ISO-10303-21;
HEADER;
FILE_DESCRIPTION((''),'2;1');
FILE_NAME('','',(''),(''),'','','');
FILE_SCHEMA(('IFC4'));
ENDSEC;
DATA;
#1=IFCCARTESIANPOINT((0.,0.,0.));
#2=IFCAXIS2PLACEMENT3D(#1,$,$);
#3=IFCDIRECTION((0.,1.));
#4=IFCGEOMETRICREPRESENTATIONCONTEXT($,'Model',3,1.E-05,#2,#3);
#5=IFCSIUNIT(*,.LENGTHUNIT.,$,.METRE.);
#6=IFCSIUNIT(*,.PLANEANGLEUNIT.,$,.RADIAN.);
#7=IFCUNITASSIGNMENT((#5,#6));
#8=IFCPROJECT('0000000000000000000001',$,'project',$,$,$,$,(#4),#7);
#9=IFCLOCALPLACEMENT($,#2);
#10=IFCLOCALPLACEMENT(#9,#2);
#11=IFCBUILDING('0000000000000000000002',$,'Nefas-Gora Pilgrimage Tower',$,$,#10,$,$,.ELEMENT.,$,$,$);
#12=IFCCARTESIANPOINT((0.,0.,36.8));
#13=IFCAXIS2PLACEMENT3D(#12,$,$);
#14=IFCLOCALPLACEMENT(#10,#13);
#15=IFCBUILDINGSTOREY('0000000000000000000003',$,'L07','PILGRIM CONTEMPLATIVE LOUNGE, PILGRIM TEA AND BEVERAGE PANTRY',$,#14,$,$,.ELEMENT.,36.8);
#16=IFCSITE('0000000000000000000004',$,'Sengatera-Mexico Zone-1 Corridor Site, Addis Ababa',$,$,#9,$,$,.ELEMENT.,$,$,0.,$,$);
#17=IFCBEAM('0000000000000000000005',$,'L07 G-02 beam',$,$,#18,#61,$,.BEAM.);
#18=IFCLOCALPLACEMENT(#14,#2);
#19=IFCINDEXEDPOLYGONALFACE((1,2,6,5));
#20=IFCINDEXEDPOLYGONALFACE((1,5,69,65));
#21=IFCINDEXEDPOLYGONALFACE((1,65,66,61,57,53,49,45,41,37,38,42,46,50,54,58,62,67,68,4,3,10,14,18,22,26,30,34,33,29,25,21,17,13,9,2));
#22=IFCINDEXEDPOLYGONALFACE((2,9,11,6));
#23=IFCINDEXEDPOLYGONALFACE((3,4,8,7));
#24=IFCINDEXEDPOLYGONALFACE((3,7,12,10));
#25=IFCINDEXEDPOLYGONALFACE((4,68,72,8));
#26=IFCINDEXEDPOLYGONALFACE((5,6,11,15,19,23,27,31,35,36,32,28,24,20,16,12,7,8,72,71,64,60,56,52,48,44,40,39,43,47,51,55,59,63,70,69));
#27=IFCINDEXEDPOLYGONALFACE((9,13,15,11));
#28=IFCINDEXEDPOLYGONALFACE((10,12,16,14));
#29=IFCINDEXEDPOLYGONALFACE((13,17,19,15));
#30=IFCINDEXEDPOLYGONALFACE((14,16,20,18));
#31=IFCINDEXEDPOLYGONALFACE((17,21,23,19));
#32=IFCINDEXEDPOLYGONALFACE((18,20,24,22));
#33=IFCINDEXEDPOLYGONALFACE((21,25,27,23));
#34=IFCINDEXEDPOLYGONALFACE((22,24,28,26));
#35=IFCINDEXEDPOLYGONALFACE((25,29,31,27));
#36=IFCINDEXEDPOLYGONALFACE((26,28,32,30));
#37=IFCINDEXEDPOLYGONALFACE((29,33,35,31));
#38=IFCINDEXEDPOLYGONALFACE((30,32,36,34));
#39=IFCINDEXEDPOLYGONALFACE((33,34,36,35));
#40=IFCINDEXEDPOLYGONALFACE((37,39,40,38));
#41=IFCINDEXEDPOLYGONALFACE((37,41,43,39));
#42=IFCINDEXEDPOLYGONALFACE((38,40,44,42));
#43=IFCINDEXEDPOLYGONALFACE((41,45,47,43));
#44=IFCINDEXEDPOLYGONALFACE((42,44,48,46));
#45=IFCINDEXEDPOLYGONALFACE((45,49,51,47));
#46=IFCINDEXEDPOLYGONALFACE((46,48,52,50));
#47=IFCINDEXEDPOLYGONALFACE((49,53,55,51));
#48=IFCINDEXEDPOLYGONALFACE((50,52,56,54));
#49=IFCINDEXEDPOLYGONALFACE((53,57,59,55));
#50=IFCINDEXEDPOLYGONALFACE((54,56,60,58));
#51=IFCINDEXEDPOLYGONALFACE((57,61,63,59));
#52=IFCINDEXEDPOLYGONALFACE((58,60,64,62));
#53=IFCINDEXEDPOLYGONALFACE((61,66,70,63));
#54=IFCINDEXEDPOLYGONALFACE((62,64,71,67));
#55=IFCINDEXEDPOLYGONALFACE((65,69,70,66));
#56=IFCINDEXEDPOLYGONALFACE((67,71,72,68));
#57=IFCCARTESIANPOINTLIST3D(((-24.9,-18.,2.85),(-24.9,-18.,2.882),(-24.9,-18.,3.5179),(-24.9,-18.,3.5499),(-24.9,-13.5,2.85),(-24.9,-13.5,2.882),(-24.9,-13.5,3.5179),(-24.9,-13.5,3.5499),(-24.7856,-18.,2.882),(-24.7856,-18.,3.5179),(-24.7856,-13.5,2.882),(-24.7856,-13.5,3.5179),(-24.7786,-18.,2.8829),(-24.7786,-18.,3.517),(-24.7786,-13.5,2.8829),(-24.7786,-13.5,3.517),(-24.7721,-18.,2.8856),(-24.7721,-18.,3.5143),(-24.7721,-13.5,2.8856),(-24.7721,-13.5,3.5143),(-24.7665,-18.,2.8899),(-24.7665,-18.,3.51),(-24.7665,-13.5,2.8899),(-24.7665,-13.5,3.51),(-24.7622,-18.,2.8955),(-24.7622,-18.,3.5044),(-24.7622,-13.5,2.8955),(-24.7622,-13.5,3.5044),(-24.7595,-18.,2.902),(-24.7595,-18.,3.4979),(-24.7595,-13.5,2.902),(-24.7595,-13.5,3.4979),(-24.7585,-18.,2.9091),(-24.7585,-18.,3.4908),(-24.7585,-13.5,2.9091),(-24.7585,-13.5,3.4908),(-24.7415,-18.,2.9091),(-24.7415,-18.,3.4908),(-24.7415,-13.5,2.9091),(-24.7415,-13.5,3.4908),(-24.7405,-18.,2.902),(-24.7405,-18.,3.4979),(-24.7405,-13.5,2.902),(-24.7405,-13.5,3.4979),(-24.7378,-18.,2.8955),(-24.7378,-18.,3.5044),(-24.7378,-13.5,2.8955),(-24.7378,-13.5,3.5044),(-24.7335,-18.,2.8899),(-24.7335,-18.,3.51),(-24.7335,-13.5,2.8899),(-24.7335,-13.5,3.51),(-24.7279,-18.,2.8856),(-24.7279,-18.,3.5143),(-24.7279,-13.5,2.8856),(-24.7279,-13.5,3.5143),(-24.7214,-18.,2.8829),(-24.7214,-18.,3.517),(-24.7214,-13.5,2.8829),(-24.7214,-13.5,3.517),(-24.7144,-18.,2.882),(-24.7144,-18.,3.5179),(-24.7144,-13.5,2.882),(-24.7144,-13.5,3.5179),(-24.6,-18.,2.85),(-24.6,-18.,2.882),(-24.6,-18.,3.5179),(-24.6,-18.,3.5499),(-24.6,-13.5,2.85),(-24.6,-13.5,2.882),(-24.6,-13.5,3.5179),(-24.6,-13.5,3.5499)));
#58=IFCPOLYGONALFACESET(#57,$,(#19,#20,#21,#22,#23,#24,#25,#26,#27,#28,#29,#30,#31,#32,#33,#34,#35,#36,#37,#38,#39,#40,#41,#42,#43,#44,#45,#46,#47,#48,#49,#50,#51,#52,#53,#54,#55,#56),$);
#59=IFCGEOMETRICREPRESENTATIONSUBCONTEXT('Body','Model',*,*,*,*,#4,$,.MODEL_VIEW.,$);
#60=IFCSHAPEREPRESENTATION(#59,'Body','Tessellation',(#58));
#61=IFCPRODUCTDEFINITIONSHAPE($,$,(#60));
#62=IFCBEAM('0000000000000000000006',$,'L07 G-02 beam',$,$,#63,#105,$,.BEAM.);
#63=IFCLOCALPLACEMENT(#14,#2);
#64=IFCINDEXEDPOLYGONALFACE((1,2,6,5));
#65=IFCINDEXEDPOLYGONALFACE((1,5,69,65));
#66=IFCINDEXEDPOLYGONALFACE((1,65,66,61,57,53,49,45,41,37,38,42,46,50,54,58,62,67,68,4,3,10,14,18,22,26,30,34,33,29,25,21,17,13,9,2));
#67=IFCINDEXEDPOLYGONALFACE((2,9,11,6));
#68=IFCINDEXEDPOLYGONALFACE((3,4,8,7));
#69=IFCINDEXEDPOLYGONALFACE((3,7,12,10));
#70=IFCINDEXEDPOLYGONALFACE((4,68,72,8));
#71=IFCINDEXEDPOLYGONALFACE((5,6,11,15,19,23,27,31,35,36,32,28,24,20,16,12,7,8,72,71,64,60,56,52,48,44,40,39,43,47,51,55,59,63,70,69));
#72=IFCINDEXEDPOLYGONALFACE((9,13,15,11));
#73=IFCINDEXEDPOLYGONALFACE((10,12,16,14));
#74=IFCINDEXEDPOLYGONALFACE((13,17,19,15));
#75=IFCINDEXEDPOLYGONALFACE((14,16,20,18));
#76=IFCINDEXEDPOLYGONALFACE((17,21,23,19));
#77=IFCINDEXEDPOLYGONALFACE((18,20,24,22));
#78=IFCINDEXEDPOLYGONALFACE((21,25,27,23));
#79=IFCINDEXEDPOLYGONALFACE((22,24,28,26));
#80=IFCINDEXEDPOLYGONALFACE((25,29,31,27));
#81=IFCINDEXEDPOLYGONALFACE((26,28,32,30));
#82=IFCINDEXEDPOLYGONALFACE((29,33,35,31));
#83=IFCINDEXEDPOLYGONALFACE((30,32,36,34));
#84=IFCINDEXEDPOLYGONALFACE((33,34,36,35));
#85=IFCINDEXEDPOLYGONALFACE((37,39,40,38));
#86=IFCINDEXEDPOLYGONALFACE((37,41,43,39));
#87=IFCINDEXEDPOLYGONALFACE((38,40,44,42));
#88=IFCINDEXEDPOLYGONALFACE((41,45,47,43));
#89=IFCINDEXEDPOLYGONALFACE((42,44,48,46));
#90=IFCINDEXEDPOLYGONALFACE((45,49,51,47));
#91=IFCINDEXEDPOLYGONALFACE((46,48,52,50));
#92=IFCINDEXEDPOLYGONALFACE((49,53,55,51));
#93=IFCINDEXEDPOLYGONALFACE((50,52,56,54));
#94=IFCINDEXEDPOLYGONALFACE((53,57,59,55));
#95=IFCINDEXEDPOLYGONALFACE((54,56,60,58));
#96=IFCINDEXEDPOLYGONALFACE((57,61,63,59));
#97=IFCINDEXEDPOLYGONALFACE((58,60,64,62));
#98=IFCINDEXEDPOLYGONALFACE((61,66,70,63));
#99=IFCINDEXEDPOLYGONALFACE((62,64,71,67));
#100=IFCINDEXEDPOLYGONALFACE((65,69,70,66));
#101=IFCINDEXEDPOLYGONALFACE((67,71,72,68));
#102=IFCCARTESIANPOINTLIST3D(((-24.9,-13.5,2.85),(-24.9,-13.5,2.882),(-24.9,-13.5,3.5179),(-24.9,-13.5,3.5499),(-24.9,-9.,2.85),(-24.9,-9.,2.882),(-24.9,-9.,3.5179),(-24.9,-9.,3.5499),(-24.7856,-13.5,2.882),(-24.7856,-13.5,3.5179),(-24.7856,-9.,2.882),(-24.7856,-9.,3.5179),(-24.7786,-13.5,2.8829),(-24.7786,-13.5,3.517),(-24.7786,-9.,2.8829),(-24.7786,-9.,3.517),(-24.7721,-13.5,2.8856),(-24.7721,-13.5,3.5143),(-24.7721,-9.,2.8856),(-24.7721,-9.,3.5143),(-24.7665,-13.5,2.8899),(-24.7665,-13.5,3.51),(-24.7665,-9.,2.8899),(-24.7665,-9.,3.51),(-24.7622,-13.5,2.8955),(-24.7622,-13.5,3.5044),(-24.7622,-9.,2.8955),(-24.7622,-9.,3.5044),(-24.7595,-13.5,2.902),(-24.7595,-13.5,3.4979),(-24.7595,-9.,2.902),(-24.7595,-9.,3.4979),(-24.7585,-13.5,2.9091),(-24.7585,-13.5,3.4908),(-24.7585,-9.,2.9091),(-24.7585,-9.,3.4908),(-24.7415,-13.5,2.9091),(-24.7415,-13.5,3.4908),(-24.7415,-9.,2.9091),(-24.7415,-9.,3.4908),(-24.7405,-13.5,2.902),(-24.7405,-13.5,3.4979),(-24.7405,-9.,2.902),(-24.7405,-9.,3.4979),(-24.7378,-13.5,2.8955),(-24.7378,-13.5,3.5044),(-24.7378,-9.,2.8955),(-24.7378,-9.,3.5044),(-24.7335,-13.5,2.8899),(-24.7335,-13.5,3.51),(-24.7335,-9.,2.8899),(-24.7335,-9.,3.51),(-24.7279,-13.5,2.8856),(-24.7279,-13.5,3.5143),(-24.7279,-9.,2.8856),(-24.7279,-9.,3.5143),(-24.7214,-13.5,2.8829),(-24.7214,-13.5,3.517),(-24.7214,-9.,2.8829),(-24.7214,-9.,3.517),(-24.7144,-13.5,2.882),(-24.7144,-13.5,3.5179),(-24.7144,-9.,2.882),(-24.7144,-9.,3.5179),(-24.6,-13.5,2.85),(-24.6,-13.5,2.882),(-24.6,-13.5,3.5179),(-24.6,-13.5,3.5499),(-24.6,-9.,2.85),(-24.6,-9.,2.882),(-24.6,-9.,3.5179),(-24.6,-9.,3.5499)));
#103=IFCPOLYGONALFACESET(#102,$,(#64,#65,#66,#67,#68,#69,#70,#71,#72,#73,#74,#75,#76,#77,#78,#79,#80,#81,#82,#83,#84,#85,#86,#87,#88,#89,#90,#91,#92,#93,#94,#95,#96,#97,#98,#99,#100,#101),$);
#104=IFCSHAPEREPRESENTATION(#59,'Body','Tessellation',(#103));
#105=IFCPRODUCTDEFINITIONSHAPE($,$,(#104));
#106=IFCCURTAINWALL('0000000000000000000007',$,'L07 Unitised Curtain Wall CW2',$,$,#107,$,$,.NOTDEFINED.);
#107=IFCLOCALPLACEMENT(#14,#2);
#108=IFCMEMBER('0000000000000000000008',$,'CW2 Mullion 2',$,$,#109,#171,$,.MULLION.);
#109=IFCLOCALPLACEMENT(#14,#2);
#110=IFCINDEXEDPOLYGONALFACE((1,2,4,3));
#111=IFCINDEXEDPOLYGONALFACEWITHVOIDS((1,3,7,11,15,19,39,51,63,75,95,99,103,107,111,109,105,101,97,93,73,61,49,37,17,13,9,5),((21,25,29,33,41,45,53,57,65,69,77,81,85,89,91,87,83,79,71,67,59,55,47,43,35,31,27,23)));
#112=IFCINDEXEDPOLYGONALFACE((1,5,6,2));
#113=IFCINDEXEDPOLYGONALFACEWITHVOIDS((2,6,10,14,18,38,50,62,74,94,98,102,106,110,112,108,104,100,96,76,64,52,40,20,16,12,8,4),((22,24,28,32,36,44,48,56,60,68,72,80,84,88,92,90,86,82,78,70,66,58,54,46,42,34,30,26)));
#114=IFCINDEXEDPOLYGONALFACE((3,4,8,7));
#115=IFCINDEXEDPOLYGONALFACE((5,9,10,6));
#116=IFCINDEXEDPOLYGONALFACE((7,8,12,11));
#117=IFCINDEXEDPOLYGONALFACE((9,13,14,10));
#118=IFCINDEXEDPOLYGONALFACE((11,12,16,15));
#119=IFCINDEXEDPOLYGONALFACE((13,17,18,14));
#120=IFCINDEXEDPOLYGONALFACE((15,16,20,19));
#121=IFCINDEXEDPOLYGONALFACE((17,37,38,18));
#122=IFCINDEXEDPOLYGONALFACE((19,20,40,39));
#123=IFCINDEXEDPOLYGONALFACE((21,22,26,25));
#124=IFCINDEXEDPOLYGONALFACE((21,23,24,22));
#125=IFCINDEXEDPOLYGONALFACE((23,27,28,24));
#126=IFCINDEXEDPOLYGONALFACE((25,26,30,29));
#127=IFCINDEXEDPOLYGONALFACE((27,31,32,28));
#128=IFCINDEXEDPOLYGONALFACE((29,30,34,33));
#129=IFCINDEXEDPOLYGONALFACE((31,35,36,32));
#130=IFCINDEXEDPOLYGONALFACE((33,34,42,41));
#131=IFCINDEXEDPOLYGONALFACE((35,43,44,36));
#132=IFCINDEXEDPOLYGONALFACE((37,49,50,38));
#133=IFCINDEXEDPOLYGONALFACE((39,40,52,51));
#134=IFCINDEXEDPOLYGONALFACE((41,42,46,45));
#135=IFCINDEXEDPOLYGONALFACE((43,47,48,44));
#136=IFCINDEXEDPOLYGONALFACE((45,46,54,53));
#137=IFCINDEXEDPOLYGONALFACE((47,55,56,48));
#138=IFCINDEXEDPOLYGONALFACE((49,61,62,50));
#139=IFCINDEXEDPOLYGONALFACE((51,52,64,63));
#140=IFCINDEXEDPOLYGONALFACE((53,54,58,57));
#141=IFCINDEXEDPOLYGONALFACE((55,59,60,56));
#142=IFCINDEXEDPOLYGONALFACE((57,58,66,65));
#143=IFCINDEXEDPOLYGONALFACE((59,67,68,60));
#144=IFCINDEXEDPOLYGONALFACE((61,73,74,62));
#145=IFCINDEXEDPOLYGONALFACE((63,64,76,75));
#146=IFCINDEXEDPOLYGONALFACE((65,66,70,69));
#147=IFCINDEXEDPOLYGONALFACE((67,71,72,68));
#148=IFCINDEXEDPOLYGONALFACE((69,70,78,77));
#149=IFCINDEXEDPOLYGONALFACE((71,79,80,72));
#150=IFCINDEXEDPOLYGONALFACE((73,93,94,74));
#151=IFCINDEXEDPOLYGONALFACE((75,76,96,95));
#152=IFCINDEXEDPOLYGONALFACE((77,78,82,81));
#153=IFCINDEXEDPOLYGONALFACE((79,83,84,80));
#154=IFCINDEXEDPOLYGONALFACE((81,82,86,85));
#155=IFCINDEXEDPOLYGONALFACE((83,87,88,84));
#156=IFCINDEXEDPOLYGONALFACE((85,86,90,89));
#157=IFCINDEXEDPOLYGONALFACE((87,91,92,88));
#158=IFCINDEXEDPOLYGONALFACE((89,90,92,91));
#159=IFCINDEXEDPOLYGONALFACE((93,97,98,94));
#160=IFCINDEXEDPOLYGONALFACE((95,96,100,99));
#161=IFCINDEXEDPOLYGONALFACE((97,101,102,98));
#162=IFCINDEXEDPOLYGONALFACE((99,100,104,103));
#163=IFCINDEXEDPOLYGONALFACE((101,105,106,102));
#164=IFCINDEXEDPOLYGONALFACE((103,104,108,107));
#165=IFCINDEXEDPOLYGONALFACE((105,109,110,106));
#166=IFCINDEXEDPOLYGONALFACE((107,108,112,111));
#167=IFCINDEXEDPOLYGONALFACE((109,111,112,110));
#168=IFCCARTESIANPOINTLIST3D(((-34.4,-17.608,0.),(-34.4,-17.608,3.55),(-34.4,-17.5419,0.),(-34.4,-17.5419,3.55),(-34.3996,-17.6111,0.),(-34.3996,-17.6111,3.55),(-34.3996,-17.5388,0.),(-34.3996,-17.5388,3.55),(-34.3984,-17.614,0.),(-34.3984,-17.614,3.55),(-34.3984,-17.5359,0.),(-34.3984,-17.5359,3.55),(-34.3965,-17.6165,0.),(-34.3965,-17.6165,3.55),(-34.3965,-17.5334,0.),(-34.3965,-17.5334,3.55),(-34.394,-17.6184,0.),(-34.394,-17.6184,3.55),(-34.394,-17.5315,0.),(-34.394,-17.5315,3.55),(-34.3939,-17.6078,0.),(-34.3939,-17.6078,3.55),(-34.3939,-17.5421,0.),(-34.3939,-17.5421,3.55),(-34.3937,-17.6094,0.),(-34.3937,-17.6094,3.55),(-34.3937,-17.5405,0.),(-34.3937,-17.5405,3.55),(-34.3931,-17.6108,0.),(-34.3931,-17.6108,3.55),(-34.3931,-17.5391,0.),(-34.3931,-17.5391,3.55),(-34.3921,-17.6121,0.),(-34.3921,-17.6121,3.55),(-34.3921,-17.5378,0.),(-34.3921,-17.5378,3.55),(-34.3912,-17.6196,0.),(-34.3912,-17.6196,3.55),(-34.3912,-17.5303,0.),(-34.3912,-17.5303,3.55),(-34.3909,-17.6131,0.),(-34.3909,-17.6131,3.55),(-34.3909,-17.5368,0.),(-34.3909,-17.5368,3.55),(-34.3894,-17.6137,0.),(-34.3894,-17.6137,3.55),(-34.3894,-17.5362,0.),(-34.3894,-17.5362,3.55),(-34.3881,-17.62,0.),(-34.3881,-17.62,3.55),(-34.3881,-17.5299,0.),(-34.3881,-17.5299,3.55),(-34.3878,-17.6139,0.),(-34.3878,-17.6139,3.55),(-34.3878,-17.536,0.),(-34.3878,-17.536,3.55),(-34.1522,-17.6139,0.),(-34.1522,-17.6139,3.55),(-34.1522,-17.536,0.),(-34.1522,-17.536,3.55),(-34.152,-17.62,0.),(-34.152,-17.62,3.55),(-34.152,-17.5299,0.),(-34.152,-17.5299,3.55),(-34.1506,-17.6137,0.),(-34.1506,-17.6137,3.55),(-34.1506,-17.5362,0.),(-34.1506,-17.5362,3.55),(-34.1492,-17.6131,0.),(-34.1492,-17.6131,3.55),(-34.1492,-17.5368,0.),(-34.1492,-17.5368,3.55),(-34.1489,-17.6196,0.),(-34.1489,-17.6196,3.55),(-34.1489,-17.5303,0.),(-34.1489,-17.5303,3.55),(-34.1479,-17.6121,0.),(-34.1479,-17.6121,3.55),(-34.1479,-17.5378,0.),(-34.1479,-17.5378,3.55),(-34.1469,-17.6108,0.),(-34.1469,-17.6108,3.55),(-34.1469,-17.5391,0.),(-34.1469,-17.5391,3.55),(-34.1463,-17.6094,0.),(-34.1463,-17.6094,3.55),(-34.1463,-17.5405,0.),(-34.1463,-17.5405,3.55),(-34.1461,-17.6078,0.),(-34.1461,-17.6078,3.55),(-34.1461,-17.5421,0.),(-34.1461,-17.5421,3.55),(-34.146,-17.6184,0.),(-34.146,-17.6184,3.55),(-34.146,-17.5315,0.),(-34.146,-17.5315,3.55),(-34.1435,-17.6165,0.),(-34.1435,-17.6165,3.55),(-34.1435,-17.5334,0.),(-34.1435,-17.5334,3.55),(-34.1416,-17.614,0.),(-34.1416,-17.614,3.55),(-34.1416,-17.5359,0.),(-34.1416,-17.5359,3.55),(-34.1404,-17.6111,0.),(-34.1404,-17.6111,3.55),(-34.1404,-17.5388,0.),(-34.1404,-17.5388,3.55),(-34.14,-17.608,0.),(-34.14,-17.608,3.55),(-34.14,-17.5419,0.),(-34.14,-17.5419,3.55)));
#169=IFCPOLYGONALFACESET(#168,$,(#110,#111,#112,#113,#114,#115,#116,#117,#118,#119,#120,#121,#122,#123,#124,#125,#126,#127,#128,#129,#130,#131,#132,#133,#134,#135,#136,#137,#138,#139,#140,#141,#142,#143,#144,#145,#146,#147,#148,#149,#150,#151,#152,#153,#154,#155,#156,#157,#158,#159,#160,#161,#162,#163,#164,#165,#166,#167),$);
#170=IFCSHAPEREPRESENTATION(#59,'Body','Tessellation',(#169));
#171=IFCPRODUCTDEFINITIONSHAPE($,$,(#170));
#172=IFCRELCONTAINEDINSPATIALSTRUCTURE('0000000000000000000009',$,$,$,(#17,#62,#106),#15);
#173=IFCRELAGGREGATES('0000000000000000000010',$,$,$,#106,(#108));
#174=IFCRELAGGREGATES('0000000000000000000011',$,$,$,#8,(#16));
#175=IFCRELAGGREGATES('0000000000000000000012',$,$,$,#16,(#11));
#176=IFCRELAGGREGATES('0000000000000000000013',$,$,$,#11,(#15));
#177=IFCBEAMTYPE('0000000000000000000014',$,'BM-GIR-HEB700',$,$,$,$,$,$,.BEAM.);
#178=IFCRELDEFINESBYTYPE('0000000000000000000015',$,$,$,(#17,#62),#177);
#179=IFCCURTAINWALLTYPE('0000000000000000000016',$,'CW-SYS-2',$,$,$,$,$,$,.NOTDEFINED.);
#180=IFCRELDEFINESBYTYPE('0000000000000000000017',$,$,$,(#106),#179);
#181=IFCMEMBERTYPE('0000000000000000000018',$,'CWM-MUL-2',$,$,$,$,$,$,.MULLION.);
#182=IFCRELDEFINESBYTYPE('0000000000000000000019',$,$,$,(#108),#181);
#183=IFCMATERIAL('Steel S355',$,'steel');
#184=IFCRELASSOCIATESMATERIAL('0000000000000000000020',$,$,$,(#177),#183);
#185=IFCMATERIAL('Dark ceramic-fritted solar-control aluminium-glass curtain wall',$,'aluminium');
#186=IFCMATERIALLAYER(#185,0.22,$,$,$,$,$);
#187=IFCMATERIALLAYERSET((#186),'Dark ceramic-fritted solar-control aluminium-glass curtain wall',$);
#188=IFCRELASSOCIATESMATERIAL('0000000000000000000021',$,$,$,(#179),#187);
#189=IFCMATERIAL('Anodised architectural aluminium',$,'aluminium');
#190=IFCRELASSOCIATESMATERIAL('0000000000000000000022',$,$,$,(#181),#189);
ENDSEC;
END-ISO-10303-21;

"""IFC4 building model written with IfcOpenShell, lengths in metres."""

from ifc_helpers import new_model, si_unit, direction, frame, origin, origin_2d, place, context, subcontext, project, spatial, hollow_rectangle, i_section, extrude, source, transform, mapped, material, layer, layer_set, material_profile, profile_set, type_object, element, aggregate, save


model = new_model("IFC4")

# Units and contexts
model_context = context("Model", 3, precision=1e-05, world=origin(), true_north=direction((0.0, 1.0)))
body_context = subcontext(model_context, "Body", "Model", "MODEL_VIEW")
ifc_project = project(units=[si_unit("LENGTHUNIT", "METRE"), si_unit("PLANEANGLEUNIT", "RADIAN")], contexts=[model_context])

# Site, building, storey
site_placement = place(None, origin())
site = spatial("IfcSite", under=ifc_project, at=site_placement, Name="Sengatera-Mexico Zone-1 Corridor Site, Addis Ababa", CompositionType="ELEMENT", RefElevation=0.0)
building_placement = place(site_placement, origin())
building = spatial("IfcBuilding", under=site, at=building_placement, Name="Nefas-Gora Pilgrimage Tower", CompositionType="ELEMENT")
storey_placement = place(building_placement, frame((0.0, 0.0, 36.8)))
storey = spatial("IfcBuildingStorey", under=building, at=storey_placement, Name="L07", Description="PILGRIM CONTEMPLATIVE LOUNGE, PILGRIM TEA AND BEVERAGE PANTRY", CompositionType="ELEMENT", Elevation=36.8)

# Beams
ifc_material_1 = material(Name="Steel S355", Category="steel")
ifc_material_profile_1 = material_profile(ifc_material_1, i_section(OverallWidth=0.3, OverallDepth=0.7, WebThickness=0.0171, FlangeThickness=0.032, FilletRadius=0.0271, at=origin_2d()), Name="HEB 700")
ifc_profile_set_1 = profile_set([ifc_material_profile_1], Name="Steel S355")
beam_type_1 = type_object("IfcBeamType", Name="BM-GIR-HEB700", PredefinedType="BEAM", material=ifc_profile_set_1)
shared_shape_1 = source(origin(), body_context, "Body", "SweptSolid", [
    extrude(i_section(OverallWidth=0.3, OverallDepth=0.7, WebThickness=0.0171, FlangeThickness=0.032, FilletRadius=0.0271, at=origin_2d()), origin(), (0.0, 0.0, 1.0), 4.5),
])
for number, where, z_axis, x_axis, name in (
    (1, (-24.75, -18.0, 3.2), (0.0, 1.0, 0.0), (-1.0, 0.0, 0.0), "L07 G-02 beam"),
    (2, (-24.75, -13.5, 3.2), (0.0, 1.0, 0.0), (-1.0, 0.0, 0.0), "L07 G-02 beam"),
):
    element("IfcBeam", number, at=place(storey_placement, frame(where, z_axis=z_axis, x_axis=x_axis)), inside=storey, type_object=beam_type_1, Name=name, PredefinedType="BEAM", context=body_context, shape_type="MappedRepresentation", body=[
        mapped(shared_shape_1, transform((0.0, 0.0, 0.0), x_axis=(1.0, 0.0, 0.0), y_axis=(0.0, 1.0, 0.0), z_axis=(0.0, 0.0, 1.0), scale=1.0)),
    ])

# Curtain wall, member
ifc_material_2 = material(Name="Dark ceramic-fritted solar-control aluminium-glass curtain wall", Category="aluminium")
ifc_layer_1 = layer(ifc_material_2, 0.22)
ifc_layer_set_1 = layer_set([ifc_layer_1], Name="Dark ceramic-fritted solar-control aluminium-glass curtain wall")
curtain_wall_type = type_object("IfcCurtainWallType", Name="CW-SYS-2", PredefinedType="NOTDEFINED", material=ifc_layer_set_1)
curtain_wall_1_placement = place(storey_placement, origin())
curtain_wall_1 = element("IfcCurtainWall", 3, at=curtain_wall_1_placement, inside=storey, type_object=curtain_wall_type, Name="L07 Unitised Curtain Wall CW2", PredefinedType="NOTDEFINED")
ifc_material_3 = material(Name="Anodised architectural aluminium", Category="aluminium")
ifc_material_profile_2 = material_profile(ifc_material_3, hollow_rectangle(XDim=0.0901, YDim=0.26, WallThickness=0.0061, InnerFilletRadius=0.0061, OuterFilletRadius=0.012, at=origin_2d()), Name="ALU MULLION 90x260")
ifc_profile_set_2 = profile_set([ifc_material_profile_2], Name="Anodised architectural aluminium")
member_type_1 = type_object("IfcMemberType", Name="CWM-MUL-2", PredefinedType="MULLION", material=ifc_profile_set_2)
shared_shape_2 = source(origin(), body_context, "Body", "SweptSolid", [
    extrude(hollow_rectangle(XDim=0.0901, YDim=0.26, WallThickness=0.0061, InnerFilletRadius=0.0061, OuterFilletRadius=0.012, at=origin_2d()), origin(), (0.0, 0.0, 1.0), 3.55),
])
member_1_placement = place(storey_placement, frame((-34.27, -17.575, 0.0), z_axis=(0.0, 0.0, 1.0), x_axis=(0.0, -1.0, 0.0)))
member_1 = element("IfcMember", 4, at=member_1_placement, type_object=member_type_1, Name="CW2 Mullion 2", PredefinedType="MULLION", context=body_context, shape_type="MappedRepresentation", body=[
    mapped(shared_shape_2, transform((0.0, 0.0, 0.0), x_axis=(1.0, 0.0, 0.0), y_axis=(0.0, 1.0, 0.0), z_axis=(0.0, 0.0, 1.0), scale=1.0)),
])

aggregate(curtain_wall_1, [member_1])

save(model, "model.ifc")
